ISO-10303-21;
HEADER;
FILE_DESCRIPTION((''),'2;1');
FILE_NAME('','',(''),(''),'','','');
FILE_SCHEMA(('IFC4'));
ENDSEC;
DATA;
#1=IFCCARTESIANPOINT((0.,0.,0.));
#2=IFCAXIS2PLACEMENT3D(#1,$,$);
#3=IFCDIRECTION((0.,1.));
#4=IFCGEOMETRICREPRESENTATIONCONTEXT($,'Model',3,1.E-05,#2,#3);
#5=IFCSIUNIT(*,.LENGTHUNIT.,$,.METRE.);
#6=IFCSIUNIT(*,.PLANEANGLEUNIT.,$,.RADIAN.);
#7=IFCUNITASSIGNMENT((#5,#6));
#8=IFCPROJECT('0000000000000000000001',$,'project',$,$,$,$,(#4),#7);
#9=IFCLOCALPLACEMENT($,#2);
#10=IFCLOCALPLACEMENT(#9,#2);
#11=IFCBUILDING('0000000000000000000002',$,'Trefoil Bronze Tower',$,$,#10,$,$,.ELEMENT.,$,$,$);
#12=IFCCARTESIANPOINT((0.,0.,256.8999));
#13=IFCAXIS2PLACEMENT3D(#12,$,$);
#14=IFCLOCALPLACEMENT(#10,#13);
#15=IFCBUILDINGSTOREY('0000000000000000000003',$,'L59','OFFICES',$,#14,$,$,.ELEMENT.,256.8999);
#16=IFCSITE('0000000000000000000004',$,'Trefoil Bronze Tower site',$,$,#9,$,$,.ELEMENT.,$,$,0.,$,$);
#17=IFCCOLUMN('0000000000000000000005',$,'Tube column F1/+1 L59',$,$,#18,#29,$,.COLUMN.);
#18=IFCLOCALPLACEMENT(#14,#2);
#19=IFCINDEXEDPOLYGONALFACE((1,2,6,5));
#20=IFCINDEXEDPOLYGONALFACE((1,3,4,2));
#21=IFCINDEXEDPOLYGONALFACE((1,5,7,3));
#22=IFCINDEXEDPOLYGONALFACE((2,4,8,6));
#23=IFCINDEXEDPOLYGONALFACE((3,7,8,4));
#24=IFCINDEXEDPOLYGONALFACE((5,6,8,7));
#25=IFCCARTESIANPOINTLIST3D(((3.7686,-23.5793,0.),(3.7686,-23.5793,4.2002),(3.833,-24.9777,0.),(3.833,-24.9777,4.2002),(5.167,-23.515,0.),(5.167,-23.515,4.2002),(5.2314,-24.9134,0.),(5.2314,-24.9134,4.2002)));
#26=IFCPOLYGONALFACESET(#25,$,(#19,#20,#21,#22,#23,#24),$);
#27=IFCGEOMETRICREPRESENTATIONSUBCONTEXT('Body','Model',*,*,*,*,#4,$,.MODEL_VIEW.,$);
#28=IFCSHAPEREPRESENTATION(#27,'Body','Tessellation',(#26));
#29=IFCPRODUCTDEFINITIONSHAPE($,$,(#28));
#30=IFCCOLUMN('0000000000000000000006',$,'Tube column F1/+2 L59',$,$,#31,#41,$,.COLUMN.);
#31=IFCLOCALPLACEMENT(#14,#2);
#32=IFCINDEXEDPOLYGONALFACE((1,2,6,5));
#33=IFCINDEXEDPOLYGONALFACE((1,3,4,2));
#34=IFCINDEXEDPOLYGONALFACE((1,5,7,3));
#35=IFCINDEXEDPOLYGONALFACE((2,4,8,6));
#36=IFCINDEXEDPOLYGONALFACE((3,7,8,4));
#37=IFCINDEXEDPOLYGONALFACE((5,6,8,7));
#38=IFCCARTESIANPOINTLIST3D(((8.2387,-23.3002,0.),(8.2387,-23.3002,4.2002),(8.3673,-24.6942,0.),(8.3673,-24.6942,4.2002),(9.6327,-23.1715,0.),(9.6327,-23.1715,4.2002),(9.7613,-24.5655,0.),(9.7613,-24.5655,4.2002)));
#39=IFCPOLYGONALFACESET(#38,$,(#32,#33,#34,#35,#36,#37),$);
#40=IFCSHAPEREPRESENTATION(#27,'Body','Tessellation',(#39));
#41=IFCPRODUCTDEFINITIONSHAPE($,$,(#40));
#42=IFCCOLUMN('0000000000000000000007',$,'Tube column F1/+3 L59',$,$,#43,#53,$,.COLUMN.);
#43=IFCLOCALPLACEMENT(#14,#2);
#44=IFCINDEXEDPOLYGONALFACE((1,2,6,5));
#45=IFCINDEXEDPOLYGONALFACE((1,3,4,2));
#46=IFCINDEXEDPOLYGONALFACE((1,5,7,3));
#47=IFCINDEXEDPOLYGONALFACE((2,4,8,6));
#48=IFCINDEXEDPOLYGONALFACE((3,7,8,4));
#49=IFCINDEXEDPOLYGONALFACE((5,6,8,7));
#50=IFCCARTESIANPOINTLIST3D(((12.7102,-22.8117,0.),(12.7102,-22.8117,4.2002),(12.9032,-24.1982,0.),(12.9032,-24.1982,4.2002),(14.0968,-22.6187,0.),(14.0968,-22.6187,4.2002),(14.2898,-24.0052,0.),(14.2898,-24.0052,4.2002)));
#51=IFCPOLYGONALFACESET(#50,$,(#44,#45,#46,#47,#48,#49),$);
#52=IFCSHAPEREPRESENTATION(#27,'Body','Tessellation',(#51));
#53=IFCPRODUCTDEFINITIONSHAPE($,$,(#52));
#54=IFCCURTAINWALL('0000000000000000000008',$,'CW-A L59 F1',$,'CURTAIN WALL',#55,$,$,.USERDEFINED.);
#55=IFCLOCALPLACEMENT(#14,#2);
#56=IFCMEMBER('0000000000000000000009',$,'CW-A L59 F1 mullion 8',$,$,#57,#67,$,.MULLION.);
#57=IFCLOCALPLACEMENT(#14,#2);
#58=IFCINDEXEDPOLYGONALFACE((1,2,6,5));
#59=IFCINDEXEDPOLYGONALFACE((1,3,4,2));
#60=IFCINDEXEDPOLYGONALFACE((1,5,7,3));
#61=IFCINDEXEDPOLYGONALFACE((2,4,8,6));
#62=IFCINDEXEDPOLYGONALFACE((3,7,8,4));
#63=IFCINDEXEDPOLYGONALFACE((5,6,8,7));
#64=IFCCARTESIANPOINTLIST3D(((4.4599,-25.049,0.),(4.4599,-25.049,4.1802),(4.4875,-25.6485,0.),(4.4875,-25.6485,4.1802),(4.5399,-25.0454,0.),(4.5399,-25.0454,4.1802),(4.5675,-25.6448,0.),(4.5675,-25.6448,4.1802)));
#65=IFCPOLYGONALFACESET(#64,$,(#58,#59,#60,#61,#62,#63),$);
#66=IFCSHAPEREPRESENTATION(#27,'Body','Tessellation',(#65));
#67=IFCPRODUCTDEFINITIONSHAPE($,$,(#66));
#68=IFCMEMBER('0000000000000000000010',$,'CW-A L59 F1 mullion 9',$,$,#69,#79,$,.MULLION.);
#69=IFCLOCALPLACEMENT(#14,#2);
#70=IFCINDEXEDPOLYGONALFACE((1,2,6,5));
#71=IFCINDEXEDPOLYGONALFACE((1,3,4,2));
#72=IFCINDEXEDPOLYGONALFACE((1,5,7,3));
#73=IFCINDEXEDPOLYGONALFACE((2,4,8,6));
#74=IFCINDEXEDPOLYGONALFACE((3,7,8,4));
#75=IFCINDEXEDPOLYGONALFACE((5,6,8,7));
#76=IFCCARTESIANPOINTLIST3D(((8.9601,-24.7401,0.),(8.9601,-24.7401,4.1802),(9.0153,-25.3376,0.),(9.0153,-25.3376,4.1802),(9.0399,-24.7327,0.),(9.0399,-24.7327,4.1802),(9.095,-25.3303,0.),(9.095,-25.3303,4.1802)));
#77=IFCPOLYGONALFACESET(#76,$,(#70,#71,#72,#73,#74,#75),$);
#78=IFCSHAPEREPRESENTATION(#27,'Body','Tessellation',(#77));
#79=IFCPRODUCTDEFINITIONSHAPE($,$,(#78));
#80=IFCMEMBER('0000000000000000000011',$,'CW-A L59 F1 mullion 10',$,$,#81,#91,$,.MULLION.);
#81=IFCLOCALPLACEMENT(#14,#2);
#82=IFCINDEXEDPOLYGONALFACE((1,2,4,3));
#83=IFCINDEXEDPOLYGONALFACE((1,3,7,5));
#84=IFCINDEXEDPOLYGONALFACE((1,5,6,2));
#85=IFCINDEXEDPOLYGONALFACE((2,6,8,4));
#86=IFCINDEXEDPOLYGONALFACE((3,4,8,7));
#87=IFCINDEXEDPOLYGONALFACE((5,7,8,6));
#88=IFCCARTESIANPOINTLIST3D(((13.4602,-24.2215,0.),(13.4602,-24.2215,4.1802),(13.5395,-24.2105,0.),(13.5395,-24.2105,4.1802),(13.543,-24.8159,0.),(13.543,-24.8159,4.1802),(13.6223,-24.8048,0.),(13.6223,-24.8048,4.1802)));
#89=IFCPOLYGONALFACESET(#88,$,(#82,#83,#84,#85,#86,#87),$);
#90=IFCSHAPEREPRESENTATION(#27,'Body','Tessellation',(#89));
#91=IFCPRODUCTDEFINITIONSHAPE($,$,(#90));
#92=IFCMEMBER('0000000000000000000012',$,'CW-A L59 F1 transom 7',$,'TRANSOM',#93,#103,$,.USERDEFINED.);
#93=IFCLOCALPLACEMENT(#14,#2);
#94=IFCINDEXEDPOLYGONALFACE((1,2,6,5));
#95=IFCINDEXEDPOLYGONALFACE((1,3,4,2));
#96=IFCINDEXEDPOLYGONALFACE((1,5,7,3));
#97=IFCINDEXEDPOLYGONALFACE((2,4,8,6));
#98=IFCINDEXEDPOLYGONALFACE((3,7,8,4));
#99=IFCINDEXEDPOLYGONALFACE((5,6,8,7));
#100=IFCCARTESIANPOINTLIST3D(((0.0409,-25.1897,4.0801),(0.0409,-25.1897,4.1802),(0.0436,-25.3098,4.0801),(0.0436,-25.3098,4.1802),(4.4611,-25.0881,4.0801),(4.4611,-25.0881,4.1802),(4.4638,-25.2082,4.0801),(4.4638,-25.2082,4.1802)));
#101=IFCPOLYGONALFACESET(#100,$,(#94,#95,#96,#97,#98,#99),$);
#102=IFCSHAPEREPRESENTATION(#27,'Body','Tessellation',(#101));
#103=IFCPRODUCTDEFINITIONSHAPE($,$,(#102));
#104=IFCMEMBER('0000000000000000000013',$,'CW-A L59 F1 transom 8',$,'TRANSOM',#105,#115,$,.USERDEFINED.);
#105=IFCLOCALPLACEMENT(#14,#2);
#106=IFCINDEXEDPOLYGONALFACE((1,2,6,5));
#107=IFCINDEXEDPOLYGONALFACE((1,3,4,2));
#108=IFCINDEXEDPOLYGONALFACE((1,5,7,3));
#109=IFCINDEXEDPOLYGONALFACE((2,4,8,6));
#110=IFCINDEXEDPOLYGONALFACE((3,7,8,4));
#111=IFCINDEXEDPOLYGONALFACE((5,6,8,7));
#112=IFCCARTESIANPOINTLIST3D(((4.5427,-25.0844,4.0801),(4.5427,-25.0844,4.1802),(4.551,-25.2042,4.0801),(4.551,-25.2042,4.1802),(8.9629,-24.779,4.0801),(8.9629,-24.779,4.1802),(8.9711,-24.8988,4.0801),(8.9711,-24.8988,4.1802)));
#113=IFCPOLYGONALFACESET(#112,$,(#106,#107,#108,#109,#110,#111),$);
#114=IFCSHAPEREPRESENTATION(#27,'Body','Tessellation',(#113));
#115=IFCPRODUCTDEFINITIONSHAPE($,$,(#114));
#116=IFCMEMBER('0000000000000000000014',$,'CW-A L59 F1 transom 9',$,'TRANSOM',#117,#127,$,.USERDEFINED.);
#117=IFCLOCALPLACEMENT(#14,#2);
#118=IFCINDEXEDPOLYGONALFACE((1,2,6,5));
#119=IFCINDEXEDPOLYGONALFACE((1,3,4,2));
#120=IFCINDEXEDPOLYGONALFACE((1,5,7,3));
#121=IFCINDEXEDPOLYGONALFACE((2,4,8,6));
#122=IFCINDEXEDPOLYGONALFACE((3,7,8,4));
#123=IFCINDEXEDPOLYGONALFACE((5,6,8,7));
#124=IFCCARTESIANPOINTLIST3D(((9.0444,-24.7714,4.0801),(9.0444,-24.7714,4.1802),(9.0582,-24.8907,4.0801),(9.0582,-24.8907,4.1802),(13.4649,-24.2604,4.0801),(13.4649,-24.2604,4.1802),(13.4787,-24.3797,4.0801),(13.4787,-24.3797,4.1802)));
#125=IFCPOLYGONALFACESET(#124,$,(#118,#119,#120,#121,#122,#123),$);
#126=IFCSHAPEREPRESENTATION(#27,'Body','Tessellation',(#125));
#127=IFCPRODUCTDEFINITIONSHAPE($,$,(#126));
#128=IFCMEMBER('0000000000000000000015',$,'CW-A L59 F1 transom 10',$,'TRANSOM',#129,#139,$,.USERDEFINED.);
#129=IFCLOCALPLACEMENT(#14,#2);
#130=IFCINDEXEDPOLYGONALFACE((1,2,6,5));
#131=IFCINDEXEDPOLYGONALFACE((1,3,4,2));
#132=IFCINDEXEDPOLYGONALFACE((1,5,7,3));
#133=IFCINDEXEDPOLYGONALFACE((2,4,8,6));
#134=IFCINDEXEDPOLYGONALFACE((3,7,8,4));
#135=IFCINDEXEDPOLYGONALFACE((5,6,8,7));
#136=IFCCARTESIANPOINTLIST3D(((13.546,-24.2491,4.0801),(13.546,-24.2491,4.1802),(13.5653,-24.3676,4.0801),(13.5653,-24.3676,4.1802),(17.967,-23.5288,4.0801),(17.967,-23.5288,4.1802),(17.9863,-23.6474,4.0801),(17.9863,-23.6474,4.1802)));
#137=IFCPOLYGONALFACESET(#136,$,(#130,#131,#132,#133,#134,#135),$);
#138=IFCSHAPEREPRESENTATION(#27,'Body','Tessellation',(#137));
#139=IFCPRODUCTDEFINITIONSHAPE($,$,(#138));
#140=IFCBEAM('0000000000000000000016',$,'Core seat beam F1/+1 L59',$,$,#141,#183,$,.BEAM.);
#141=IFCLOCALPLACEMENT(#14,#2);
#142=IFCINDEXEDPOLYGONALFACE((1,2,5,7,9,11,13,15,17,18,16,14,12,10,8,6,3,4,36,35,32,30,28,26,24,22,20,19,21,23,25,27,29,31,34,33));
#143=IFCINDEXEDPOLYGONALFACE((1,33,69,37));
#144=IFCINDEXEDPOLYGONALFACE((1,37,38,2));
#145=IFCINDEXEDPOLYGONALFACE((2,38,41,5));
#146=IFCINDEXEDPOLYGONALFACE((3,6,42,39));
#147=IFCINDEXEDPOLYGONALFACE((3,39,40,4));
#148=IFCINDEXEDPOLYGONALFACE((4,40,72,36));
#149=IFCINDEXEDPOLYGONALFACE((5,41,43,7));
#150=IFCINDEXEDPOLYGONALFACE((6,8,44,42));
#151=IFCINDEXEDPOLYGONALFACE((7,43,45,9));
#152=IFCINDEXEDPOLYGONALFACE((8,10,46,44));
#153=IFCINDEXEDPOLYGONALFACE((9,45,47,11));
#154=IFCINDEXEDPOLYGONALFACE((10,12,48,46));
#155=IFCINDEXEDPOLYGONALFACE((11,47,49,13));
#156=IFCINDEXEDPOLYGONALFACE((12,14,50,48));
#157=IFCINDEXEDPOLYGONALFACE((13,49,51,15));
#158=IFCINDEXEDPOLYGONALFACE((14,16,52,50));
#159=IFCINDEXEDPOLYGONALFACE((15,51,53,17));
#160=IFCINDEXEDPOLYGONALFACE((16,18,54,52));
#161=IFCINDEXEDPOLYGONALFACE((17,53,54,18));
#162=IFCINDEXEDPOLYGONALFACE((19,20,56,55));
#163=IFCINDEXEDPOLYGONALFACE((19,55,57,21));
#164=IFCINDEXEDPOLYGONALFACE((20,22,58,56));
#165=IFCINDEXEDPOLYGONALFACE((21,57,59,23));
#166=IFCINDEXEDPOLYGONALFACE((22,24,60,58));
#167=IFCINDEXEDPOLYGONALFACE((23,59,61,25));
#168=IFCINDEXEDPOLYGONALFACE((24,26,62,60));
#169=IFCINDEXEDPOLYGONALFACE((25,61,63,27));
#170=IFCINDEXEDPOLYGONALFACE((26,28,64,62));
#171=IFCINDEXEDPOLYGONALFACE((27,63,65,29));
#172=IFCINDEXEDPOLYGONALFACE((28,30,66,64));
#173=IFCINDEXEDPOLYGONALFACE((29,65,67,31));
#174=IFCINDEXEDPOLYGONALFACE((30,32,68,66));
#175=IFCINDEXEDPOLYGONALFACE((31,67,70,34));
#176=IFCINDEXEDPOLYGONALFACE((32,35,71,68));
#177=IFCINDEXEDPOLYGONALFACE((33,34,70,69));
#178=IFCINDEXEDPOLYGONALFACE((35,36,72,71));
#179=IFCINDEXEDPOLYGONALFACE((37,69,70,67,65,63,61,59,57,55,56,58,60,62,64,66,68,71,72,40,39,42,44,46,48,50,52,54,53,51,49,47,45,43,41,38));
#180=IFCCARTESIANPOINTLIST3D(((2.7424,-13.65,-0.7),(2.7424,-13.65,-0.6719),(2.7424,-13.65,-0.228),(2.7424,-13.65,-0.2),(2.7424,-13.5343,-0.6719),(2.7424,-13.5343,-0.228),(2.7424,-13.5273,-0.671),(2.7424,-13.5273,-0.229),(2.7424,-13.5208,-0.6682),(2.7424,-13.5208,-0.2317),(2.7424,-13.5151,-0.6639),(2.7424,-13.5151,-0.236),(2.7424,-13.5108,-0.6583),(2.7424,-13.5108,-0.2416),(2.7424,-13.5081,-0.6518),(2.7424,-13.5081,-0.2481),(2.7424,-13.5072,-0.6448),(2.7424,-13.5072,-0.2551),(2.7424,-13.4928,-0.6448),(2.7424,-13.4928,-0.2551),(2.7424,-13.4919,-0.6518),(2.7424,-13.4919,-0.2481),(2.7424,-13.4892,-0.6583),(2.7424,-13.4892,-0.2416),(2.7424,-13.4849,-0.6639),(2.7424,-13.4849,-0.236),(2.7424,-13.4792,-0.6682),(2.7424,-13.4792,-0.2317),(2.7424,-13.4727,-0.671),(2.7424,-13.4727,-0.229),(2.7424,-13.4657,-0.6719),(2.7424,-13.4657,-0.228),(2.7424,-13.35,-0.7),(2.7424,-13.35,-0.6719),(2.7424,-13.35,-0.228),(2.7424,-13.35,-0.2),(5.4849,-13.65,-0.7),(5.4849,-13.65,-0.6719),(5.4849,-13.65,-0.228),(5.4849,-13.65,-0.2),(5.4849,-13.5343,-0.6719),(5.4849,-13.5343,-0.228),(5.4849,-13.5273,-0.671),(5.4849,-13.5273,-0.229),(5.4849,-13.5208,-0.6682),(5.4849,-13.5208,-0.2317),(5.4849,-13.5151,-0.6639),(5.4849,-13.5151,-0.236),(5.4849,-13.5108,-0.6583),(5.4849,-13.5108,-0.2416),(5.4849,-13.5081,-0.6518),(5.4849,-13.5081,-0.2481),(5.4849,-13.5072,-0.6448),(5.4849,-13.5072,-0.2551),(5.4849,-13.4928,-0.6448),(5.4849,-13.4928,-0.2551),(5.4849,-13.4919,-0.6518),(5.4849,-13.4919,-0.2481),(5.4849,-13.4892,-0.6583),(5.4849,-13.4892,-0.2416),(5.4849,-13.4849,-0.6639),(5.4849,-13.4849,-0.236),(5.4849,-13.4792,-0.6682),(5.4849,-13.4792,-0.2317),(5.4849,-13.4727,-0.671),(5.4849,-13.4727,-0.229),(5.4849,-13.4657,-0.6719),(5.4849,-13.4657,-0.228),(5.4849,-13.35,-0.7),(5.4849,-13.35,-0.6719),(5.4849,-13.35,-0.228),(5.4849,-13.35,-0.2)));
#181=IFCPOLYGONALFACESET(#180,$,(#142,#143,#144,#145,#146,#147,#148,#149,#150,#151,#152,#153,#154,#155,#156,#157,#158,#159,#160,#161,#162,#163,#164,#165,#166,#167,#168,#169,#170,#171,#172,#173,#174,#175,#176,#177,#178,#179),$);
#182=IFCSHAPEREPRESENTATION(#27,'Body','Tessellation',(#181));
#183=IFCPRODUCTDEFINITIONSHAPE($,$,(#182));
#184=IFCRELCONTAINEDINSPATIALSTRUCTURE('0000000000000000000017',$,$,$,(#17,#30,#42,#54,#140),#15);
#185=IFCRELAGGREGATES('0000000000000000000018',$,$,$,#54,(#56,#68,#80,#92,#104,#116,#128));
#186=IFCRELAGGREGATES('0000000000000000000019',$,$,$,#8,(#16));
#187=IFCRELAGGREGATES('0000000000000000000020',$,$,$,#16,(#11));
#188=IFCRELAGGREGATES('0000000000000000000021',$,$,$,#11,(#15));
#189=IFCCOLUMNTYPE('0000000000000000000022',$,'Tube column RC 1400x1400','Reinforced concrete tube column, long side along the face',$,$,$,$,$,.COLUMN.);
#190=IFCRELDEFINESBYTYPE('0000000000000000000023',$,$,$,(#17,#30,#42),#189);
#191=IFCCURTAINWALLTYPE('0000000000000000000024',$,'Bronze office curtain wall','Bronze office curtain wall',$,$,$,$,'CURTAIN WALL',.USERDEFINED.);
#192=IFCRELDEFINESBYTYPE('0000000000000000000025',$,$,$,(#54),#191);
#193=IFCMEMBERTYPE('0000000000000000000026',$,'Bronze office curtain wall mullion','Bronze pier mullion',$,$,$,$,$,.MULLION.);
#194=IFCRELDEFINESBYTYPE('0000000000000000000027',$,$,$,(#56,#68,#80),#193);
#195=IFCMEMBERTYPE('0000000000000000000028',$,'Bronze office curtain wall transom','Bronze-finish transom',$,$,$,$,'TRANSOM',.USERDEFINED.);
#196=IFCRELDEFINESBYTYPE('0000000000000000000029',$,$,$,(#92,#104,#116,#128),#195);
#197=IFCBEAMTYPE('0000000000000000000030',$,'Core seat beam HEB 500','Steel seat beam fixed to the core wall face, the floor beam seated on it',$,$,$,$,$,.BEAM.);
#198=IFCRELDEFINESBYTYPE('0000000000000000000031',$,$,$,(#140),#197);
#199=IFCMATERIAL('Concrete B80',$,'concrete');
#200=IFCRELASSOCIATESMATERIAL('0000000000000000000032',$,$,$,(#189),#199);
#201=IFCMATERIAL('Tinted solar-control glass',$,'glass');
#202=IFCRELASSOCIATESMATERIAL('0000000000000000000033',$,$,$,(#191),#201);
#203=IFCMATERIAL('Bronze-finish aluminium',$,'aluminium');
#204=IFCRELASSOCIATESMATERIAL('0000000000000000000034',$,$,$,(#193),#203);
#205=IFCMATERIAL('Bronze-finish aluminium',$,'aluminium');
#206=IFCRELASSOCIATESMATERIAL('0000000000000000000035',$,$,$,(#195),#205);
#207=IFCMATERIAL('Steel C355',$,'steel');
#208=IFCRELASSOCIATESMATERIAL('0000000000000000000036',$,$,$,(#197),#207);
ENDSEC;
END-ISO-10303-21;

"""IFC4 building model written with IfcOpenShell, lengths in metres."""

from ifc_helpers import new_model, si_unit, direction, frame, origin, origin_2d, place, context, subcontext, project, spatial, rectangle, i_section, extrude, material, material_profile, profile_set, type_object, element, aggregate, save


model = new_model("IFC4")

# Units and contexts
model_context = context("Model", 3, precision=1e-05, world=origin(), true_north=direction((0.0, 1.0)))
body_context = subcontext(model_context, "Body", "Model", "MODEL_VIEW")
ifc_project = project(units=[si_unit("LENGTHUNIT", "METRE"), si_unit("PLANEANGLEUNIT", "RADIAN")], contexts=[model_context])

# Site, building, storey
site_placement = place(None, origin())
site = spatial("IfcSite", under=ifc_project, at=site_placement, Name="Trefoil Bronze Tower site", CompositionType="ELEMENT", RefElevation=0.0)
building_placement = place(site_placement, origin())
building = spatial("IfcBuilding", under=site, at=building_placement, Name="Trefoil Bronze Tower", CompositionType="ELEMENT")
storey_placement = place(building_placement, frame((0.0, 0.0, 256.8999)))
storey = spatial("IfcBuildingStorey", under=building, at=storey_placement, Name="L59", Description="OFFICES", CompositionType="ELEMENT", Elevation=256.8999)

# Columns
ifc_material_1 = material(Name="Concrete B80", Category="concrete")
ifc_material_profile_1 = material_profile(ifc_material_1, rectangle(XDim=1.3999, YDim=1.3999, at=origin_2d()), Name="RC 1400x1400")
ifc_profile_set_1 = profile_set([ifc_material_profile_1], Name="Concrete B80")
column_type = type_object("IfcColumnType", Name="Tube column RC 1400x1400", Description="Reinforced concrete tube column, long side along the face", PredefinedType="COLUMN", material=ifc_profile_set_1)
for number, where, z_axis, x_axis, name in (
    (1, (4.5, -24.2463, 0.0), (0.0, 0.0, 1.0), (0.998943, 0.045956, 0.0), "Tube column F1/+1 L59"),
    (2, (9.0, -23.9329, 0.0), (0.0, 0.0, 1.0), (0.995767, 0.091911, 0.0), "Tube column F1/+2 L59"),
    (3, (13.5, -23.4084, 0.0), (0.0, 0.0, 1.0), (0.990451, 0.137868, 0.0), "Tube column F1/+3 L59"),
):
    element("IfcColumn", number, at=place(storey_placement, frame(where, z_axis=z_axis, x_axis=x_axis)), inside=storey, type_object=column_type, Name=name, PredefinedType="COLUMN", context=body_context, shape_type="SweptSolid", body=[
        extrude(rectangle(XDim=1.3999, YDim=1.3999, at=origin_2d()), origin(), (0.0, 0.0, 1.0), 4.2002),
    ])

# Curtain wall, members
ifc_material_2 = material(Name="Tinted solar-control glass", Category="glass")
curtain_wall_type = type_object("IfcCurtainWallType", Name="Bronze office curtain wall", Description="Bronze office curtain wall", ElementType="CURTAIN WALL", PredefinedType="USERDEFINED", material=ifc_material_2)
curtain_wall_placement = place(storey_placement, origin())
curtain_wall = element("IfcCurtainWall", 4, at=curtain_wall_placement, inside=storey, type_object=curtain_wall_type, Name="CW-A L59 F1", ObjectType="CURTAIN WALL", PredefinedType="USERDEFINED")
ifc_material_3 = material(Name="Bronze-finish aluminium", Category="aluminium")
ifc_material_profile_2 = material_profile(ifc_material_3, rectangle(XDim=0.6001, YDim=0.0801, at=origin_2d()), Name="CW-A mullion")
ifc_profile_set_2 = profile_set([ifc_material_profile_2], Name="Bronze-finish aluminium")
member_type_1 = type_object("IfcMemberType", Name="Bronze office curtain wall mullion", Description="Bronze pier mullion", PredefinedType="MULLION", material=ifc_profile_set_2)
member_1_placement = place(storey_placement, frame((4.5137, -25.3469, 0.0), z_axis=(0.0, 0.0, 1.0), x_axis=(-0.045956, 0.998943, 0.0)))
member_1 = element("IfcMember", 5, at=member_1_placement, type_object=member_type_1, Name="CW-A L59 F1 mullion 8", PredefinedType="MULLION", context=body_context, shape_type="SweptSolid", body=[
    extrude(rectangle(XDim=0.6001, YDim=0.0801, at=origin_2d()), origin(), (0.0, 0.0, 1.0), 4.1802),
])
member_2_placement = place(storey_placement, frame((9.0276, -25.0352, 0.0), z_axis=(0.0, 0.0, 1.0), x_axis=(-0.091911, 0.995767, 0.0)))
member_2 = element("IfcMember", 6, at=member_2_placement, type_object=member_type_1, Name="CW-A L59 F1 mullion 9", PredefinedType="MULLION", context=body_context, shape_type="SweptSolid", body=[
    extrude(rectangle(XDim=0.6001, YDim=0.0801, at=origin_2d()), origin(), (0.0, 0.0, 1.0), 4.1802),
])
member_3_placement = place(storey_placement, frame((13.5413, -24.5132, 0.0), z_axis=(0.0, 0.0, 1.0), x_axis=(-0.137868, 0.990451, 0.0)))
member_3 = element("IfcMember", 7, at=member_3_placement, type_object=member_type_1, Name="CW-A L59 F1 mullion 10", PredefinedType="MULLION", context=body_context, shape_type="SweptSolid", body=[
    extrude(rectangle(XDim=0.6001, YDim=0.0801, at=origin_2d()), origin(), (0.0, 0.0, 1.0), 4.1802),
])
ifc_material_4 = material(Name="Bronze-finish aluminium", Category="aluminium")
ifc_material_profile_3 = material_profile(ifc_material_4, rectangle(XDim=0.1201, YDim=0.1001, at=origin_2d()), Name="CW-A transom")
ifc_profile_set_3 = profile_set([ifc_material_profile_3], Name="Bronze-finish aluminium")
member_type_2 = type_object("IfcMemberType", Name="Bronze office curtain wall transom", Description="Bronze-finish transom", ElementType="TRANSOM", PredefinedType="USERDEFINED", material=ifc_profile_set_3)
member_4_placement = place(storey_placement, frame((0.0422, -25.2498, 4.1301), z_axis=(0.999736, 0.022971, 0.0), x_axis=(-0.022971, 0.999736, 0.0)))
member_4 = element("IfcMember", 8, at=member_4_placement, type_object=member_type_2, Name="CW-A L59 F1 transom 7", ObjectType="TRANSOM", PredefinedType="USERDEFINED", context=body_context, shape_type="SweptSolid", body=[
    extrude(rectangle(XDim=0.1201, YDim=0.1001, at=origin_2d()), origin(), (0.0, 0.0, 1.0), 4.4214),
])
member_5_placement = place(storey_placement, frame((4.5469, -25.1443, 4.1301), z_axis=(0.997621, 0.068933, 0.0), x_axis=(-0.068933, 0.997621, 0.0)))
member_5 = element("IfcMember", 9, at=member_5_placement, type_object=member_type_2, Name="CW-A L59 F1 transom 8", ObjectType="TRANSOM", PredefinedType="USERDEFINED", context=body_context, shape_type="SweptSolid", body=[
    extrude(rectangle(XDim=0.1201, YDim=0.1001, at=origin_2d()), origin(), (0.0, 0.0, 1.0), 4.4307),
])
member_6_placement = place(storey_placement, frame((9.0513, -24.8311, 4.1301), z_axis=(0.993385, 0.114832, 0.0), x_axis=(-0.114832, 0.993385, 0.0)))
member_6 = element("IfcMember", 10, at=member_6_placement, type_object=member_type_2, Name="CW-A L59 F1 transom 9", ObjectType="TRANSOM", PredefinedType="USERDEFINED", context=body_context, shape_type="SweptSolid", body=[
    extrude(rectangle(XDim=0.1201, YDim=0.1001, at=origin_2d()), origin(), (0.0, 0.0, 1.0), 4.45),
])
member_7_placement = place(storey_placement, frame((13.5557, -24.3083, 4.1301), z_axis=(0.986988, 0.160792, 0.0), x_axis=(-0.160792, 0.986988, 0.0)))
member_7 = element("IfcMember", 11, at=member_7_placement, type_object=member_type_2, Name="CW-A L59 F1 transom 10", ObjectType="TRANSOM", PredefinedType="USERDEFINED", context=body_context, shape_type="SweptSolid", body=[
    extrude(rectangle(XDim=0.1201, YDim=0.1001, at=origin_2d()), origin(), (0.0, 0.0, 1.0), 4.4792),
])

# Beam
ifc_material_5 = material(Name="Steel C355", Category="steel")
ifc_material_profile_4 = material_profile(ifc_material_5, i_section(OverallWidth=0.3, OverallDepth=0.5, WebThickness=0.0144, FlangeThickness=0.0281, FilletRadius=0.0271, at=origin_2d()), Name="HEB 500")
ifc_profile_set_4 = profile_set([ifc_material_profile_4], Name="Steel C355")
beam_type_1 = type_object("IfcBeamType", Name="Core seat beam HEB 500", Description="Steel seat beam fixed to the core wall face, the floor beam seated on it", PredefinedType="BEAM", material=ifc_profile_set_4)
for number, where, z_axis, x_axis, name in (
    (12, (2.7424, -13.5, -0.45), (1.0, 0.0, 0.0), (0.0, 1.0, 0.0), "Core seat beam F1/+1 L59"),
):
    element("IfcBeam", number, at=place(storey_placement, frame(where, z_axis=z_axis, x_axis=x_axis)), inside=storey, type_object=beam_type_1, Name=name, PredefinedType="BEAM", context=body_context, shape_type="SweptSolid", body=[
        extrude(i_section(OverallWidth=0.3, OverallDepth=0.5, WebThickness=0.0144, FlangeThickness=0.0281, FilletRadius=0.0271, at=origin_2d()), origin(), (0.0, 0.0, 1.0), 2.7424),
    ])

aggregate(curtain_wall, [member_1, member_2, member_3, member_4, member_5, member_6, member_7])

save(model, "model.ifc")
